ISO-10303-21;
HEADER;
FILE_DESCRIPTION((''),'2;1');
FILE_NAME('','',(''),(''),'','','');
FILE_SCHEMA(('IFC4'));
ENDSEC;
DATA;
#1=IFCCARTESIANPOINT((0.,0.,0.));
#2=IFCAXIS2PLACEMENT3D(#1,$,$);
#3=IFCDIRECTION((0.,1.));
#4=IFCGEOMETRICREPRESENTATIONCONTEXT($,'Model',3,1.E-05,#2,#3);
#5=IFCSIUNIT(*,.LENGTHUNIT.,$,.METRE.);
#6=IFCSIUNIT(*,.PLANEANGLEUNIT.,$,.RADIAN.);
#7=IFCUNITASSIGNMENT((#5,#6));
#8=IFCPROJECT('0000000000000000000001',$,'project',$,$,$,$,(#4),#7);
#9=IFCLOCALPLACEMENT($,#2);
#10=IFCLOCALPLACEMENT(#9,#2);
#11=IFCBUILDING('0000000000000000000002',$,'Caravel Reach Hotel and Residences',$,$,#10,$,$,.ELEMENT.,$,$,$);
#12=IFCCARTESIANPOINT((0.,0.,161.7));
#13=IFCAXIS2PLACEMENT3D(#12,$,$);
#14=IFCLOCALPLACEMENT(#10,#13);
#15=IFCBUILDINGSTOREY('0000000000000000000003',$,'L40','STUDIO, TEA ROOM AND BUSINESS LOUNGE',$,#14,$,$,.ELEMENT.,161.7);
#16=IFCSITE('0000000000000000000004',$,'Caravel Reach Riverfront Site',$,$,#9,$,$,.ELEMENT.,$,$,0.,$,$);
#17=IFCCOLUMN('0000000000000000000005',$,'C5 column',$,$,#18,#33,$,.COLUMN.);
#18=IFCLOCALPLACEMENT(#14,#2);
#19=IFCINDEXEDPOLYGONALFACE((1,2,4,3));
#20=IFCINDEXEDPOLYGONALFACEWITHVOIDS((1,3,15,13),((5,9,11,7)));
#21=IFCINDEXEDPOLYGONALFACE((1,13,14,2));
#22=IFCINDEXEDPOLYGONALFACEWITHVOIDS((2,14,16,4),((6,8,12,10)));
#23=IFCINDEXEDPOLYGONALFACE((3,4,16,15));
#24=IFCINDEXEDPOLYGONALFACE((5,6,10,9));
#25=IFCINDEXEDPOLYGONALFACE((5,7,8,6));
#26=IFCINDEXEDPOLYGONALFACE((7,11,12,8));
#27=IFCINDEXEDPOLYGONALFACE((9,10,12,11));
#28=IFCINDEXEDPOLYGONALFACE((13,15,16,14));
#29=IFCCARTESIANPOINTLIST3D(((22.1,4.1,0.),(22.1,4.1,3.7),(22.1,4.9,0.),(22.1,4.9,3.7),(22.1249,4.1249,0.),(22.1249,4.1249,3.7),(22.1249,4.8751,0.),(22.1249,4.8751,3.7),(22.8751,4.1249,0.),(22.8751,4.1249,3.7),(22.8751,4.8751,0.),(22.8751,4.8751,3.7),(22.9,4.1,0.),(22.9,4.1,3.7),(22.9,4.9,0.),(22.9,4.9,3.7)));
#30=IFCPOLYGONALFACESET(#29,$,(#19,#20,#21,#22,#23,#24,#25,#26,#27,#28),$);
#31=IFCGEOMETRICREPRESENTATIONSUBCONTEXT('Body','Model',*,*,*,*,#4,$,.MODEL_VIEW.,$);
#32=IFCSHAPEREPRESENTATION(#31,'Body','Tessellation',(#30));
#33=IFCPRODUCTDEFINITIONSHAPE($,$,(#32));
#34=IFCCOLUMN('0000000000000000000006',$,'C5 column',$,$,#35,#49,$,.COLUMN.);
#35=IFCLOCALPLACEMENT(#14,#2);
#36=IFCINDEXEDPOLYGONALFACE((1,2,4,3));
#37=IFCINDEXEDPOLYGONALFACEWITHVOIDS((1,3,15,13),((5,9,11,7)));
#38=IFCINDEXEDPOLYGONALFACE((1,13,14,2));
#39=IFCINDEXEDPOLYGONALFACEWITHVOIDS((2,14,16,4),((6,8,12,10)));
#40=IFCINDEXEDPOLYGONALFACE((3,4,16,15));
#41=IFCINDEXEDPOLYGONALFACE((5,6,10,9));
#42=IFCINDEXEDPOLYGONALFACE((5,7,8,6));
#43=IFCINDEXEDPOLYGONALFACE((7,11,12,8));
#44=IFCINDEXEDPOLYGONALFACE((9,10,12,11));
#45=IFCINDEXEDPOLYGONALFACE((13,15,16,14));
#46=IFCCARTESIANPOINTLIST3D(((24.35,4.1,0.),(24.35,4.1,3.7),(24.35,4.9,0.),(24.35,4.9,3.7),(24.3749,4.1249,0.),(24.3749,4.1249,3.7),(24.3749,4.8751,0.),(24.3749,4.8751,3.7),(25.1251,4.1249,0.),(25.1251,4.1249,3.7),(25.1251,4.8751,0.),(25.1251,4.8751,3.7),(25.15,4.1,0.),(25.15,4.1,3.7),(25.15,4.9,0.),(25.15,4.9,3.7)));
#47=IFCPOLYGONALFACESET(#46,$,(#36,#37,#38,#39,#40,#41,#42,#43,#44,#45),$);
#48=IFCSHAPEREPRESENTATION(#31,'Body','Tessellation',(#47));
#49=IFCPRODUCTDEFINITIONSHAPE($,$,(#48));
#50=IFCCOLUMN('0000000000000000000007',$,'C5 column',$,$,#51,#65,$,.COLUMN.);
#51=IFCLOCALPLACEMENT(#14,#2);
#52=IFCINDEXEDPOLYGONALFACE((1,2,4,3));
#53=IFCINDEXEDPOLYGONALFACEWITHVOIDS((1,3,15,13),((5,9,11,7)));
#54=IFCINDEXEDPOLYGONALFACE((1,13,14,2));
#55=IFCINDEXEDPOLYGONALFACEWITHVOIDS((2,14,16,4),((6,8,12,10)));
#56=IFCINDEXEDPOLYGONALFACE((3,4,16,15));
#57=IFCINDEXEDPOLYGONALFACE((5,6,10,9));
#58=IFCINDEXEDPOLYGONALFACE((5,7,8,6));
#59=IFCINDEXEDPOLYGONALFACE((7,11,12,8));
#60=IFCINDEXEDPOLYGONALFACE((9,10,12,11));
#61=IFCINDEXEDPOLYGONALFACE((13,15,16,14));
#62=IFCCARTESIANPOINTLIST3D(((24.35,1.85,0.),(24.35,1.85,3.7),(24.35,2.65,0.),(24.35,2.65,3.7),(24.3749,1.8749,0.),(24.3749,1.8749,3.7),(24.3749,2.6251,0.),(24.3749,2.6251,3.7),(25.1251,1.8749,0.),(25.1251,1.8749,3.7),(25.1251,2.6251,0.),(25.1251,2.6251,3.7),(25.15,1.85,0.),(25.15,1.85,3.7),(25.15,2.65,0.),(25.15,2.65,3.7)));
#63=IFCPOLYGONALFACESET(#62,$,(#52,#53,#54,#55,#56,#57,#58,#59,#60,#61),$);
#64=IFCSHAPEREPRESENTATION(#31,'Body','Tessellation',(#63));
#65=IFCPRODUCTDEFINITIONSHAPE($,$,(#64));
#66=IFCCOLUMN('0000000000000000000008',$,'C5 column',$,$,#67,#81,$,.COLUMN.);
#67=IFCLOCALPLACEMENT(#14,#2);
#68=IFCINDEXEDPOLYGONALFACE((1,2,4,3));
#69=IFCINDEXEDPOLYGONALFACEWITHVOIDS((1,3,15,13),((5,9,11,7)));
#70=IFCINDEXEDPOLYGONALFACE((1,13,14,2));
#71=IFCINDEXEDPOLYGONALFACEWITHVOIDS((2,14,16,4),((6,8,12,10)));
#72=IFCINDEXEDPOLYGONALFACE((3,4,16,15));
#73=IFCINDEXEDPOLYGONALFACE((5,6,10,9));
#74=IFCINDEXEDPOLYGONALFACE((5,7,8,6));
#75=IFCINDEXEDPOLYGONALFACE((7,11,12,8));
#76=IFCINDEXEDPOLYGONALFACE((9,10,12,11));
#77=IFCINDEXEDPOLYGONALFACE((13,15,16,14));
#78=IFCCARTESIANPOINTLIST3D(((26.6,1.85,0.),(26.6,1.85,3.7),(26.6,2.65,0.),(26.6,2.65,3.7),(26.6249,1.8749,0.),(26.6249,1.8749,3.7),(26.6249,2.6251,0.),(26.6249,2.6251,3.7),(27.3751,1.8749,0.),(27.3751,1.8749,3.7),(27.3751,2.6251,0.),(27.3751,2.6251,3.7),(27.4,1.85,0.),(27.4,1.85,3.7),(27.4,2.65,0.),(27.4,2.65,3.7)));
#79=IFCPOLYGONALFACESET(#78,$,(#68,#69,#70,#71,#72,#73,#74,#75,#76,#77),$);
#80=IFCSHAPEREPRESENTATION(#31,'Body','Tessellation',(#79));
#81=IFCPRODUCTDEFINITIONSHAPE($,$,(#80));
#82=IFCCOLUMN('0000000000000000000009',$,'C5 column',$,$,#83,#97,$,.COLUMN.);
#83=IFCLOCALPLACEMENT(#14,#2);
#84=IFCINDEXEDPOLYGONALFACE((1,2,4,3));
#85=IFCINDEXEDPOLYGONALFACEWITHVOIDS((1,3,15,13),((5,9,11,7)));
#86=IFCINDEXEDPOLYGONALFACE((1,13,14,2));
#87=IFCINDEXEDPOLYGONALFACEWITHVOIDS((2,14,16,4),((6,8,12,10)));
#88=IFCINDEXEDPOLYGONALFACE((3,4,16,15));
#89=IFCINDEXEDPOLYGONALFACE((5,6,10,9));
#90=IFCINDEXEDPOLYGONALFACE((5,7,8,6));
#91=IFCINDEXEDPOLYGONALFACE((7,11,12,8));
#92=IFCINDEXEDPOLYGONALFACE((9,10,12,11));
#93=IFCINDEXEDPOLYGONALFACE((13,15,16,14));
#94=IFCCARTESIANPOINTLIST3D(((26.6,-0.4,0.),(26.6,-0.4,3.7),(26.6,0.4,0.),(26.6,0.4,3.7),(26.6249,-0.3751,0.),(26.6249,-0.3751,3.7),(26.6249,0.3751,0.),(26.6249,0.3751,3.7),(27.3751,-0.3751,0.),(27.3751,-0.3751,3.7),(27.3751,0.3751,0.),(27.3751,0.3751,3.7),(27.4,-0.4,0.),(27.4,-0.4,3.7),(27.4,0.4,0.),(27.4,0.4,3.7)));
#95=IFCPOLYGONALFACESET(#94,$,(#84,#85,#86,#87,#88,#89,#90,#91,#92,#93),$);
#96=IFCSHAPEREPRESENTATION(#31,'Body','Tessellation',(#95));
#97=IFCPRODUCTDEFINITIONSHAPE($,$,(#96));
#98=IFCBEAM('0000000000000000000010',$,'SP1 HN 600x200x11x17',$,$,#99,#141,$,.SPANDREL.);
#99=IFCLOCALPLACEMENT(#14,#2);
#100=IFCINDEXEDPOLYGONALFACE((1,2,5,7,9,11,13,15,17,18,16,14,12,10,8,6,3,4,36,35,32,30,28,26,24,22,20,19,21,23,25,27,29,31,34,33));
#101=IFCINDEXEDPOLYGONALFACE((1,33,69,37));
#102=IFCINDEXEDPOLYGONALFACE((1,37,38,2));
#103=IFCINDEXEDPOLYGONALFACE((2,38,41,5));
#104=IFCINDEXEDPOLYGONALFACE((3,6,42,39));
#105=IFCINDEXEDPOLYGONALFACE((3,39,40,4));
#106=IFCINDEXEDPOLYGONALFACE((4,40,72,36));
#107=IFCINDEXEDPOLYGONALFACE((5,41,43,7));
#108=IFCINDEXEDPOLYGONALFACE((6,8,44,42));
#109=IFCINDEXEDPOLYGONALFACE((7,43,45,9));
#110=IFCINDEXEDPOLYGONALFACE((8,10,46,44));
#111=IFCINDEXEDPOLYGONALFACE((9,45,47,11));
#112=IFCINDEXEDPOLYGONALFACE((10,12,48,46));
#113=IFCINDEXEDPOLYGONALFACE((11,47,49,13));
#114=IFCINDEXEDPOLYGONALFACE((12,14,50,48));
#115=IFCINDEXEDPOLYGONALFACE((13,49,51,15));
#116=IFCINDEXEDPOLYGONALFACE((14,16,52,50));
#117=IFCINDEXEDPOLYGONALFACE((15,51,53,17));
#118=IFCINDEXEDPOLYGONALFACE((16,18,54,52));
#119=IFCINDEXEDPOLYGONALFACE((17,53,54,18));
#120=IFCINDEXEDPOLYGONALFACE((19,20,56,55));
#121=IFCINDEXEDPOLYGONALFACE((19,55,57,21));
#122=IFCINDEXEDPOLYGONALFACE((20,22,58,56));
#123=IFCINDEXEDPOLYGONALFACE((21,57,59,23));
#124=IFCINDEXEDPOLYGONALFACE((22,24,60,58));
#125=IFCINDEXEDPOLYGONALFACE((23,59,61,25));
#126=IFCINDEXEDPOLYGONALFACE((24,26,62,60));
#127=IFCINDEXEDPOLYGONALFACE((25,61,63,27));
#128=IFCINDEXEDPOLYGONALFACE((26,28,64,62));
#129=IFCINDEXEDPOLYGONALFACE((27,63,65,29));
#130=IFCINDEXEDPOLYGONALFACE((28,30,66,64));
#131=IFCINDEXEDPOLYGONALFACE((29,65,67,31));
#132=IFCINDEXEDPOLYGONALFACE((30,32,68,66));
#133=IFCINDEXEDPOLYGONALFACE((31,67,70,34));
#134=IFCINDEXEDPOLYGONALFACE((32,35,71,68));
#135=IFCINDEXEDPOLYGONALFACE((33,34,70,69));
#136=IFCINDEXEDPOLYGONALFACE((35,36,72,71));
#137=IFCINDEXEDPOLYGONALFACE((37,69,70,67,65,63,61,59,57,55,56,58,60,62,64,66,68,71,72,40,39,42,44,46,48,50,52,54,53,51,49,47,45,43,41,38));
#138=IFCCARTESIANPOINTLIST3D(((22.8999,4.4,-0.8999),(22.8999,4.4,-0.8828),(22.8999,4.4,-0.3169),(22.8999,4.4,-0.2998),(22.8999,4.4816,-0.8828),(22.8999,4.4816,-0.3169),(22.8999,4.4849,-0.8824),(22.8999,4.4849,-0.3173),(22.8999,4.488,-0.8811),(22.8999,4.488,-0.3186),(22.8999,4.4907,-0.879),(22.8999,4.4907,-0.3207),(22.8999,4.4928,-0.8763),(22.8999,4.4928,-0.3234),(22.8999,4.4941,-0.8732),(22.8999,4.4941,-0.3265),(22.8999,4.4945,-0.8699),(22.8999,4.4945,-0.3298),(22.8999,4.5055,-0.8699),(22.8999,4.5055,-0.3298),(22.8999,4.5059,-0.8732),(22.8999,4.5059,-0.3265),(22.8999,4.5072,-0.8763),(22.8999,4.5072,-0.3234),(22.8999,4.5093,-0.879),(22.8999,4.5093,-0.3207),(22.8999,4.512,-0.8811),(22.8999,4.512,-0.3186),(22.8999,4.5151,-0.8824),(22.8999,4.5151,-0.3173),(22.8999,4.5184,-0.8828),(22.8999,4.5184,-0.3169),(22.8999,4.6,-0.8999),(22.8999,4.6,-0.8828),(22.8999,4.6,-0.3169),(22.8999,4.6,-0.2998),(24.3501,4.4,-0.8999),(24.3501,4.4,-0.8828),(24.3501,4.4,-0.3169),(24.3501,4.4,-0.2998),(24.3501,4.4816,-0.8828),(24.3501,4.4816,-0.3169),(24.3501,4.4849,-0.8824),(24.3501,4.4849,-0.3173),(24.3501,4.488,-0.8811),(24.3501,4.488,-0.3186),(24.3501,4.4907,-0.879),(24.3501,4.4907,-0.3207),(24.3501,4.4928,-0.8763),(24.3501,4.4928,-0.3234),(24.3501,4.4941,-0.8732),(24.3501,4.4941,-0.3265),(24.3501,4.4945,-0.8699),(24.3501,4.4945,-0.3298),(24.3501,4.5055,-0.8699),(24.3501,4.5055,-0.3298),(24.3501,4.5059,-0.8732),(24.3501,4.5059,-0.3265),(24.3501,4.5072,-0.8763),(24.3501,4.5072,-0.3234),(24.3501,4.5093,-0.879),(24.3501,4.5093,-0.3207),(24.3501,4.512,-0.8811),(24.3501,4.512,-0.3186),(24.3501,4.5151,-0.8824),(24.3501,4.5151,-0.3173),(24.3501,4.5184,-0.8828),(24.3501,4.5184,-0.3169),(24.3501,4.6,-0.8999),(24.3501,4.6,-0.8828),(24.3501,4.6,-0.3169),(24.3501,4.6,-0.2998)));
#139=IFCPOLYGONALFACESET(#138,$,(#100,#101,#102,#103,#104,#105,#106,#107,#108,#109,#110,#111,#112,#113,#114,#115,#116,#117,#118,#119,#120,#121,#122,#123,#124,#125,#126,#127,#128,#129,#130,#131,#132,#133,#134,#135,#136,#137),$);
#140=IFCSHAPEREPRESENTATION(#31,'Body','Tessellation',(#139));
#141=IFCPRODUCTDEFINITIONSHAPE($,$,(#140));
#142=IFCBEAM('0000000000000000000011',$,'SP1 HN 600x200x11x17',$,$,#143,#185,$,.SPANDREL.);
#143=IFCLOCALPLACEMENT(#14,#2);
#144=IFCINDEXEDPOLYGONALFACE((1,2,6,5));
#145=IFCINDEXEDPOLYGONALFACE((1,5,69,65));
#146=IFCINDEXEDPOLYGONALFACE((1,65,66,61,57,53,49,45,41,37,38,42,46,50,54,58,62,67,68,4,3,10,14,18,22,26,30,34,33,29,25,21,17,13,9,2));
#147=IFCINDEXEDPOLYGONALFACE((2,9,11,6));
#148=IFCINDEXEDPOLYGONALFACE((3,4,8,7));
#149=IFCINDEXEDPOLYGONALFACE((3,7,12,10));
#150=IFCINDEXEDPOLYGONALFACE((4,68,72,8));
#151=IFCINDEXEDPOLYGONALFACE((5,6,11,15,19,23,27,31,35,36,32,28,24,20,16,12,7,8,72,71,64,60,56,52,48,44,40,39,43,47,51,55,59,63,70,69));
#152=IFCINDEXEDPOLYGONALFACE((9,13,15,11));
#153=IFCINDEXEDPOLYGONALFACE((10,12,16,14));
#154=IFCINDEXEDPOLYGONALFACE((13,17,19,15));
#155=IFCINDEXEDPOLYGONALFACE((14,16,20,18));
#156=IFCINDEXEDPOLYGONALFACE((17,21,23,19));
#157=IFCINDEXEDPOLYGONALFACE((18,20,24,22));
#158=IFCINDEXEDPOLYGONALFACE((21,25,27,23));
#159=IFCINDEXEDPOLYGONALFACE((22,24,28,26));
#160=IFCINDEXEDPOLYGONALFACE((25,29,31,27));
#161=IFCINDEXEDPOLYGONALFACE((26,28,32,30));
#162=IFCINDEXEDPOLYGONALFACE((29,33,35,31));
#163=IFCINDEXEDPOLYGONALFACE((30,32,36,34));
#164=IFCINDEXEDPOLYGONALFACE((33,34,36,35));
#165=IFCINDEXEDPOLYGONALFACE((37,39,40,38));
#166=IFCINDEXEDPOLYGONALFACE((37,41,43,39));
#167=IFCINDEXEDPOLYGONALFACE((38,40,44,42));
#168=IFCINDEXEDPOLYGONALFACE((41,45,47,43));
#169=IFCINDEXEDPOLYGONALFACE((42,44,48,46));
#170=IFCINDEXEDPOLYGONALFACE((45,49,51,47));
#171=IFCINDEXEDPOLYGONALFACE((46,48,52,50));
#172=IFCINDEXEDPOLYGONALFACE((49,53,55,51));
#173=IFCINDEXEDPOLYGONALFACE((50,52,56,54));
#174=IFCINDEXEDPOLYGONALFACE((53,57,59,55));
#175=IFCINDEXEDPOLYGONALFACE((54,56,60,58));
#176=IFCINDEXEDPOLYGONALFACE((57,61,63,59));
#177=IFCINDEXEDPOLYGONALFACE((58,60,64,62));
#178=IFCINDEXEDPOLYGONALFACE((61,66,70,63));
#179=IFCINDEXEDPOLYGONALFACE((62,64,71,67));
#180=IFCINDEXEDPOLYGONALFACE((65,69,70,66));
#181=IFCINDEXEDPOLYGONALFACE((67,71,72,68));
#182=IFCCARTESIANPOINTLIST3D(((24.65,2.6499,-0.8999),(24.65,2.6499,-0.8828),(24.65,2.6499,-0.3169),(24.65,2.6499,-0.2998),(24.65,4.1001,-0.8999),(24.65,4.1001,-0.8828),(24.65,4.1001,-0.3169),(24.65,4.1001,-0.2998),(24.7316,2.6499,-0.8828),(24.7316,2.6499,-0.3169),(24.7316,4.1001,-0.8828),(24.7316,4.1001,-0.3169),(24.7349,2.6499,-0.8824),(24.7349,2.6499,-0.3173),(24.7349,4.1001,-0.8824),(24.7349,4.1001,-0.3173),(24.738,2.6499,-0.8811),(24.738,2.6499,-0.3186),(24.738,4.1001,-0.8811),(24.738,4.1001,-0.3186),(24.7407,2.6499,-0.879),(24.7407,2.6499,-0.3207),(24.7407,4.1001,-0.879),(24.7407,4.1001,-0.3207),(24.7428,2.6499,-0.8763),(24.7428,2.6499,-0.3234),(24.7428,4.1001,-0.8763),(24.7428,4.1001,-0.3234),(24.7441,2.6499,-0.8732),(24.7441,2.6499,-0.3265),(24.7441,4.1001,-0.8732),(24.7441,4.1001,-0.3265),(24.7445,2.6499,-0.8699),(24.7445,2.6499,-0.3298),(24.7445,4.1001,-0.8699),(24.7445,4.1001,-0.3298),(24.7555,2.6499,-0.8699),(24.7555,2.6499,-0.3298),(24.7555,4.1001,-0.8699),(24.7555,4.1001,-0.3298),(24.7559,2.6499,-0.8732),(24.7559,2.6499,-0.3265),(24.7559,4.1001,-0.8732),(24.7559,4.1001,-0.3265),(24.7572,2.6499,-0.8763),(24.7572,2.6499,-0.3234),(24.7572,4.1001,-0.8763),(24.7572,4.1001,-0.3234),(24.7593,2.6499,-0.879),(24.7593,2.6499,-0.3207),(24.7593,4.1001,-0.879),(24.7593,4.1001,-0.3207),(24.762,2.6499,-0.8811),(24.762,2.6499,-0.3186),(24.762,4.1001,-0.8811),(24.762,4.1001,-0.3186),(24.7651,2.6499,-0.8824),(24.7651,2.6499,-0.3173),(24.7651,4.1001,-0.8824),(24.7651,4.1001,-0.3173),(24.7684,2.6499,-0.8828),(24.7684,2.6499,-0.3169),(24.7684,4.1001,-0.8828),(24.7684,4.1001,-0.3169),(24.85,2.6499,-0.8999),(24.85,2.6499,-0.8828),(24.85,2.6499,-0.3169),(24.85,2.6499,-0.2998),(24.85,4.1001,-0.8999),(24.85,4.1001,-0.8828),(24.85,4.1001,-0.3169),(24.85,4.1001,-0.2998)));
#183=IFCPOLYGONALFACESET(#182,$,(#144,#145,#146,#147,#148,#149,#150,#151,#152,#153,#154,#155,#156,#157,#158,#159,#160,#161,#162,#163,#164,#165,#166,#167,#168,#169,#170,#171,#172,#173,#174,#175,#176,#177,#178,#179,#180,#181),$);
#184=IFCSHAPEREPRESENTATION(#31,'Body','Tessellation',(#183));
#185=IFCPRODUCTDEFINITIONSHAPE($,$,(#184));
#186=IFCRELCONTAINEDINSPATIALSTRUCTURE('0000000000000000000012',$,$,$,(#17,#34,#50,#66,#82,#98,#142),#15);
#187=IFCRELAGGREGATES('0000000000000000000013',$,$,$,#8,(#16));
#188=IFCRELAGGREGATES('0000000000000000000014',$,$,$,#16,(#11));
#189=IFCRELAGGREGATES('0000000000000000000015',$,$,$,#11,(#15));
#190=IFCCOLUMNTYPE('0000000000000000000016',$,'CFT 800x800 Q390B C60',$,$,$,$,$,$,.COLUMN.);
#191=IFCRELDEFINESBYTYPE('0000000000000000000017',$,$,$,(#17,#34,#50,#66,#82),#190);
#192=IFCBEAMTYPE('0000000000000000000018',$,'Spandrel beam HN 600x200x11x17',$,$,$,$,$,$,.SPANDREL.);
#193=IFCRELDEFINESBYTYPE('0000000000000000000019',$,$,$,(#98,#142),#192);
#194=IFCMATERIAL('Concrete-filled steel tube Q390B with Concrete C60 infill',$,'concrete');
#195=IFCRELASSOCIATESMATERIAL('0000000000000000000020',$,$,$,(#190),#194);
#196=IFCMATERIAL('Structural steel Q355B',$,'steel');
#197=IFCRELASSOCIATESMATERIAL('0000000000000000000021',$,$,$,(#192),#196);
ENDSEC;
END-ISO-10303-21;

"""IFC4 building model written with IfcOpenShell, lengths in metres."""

from ifc_helpers import new_model, si_unit, direction, frame, origin, origin_2d, place, context, subcontext, project, spatial, hollow_rectangle, i_section, extrude, material, material_profile, profile_set, type_object, element, save


model = new_model("IFC4")

# Units and contexts
model_context = context("Model", 3, precision=1e-05, world=origin(), true_north=direction((0.0, 1.0)))
body_context = subcontext(model_context, "Body", "Model", "MODEL_VIEW")
ifc_project = project(units=[si_unit("LENGTHUNIT", "METRE"), si_unit("PLANEANGLEUNIT", "RADIAN")], contexts=[model_context])

# Site, building, storey
site_placement = place(None, origin())
site = spatial("IfcSite", under=ifc_project, at=site_placement, Name="Caravel Reach Riverfront Site", CompositionType="ELEMENT", RefElevation=0.0)
building_placement = place(site_placement, origin())
building = spatial("IfcBuilding", under=site, at=building_placement, Name="Caravel Reach Hotel and Residences", CompositionType="ELEMENT")
storey_placement = place(building_placement, frame((0.0, 0.0, 161.7)))
storey = spatial("IfcBuildingStorey", under=building, at=storey_placement, Name="L40", Description="STUDIO, TEA ROOM AND BUSINESS LOUNGE", CompositionType="ELEMENT", Elevation=161.7)

# Columns
ifc_material_1 = material(Name="Concrete-filled steel tube Q390B with Concrete C60 infill", Category="concrete")
ifc_material_profile_1 = material_profile(ifc_material_1, hollow_rectangle(XDim=0.8, YDim=0.8, WallThickness=0.0249, at=origin_2d()), Name="RHS 800x800x25")
ifc_profile_set_1 = profile_set([ifc_material_profile_1], Name="Concrete-filled steel tube Q390B with Concrete C60 infill")
column_type = type_object("IfcColumnType", Name="CFT 800x800 Q390B C60", PredefinedType="COLUMN", material=ifc_profile_set_1)
for number, where, z_axis, x_axis, name in (
    (1, (22.5, 4.5, 0.0), (0.0, 0.0, 1.0), (1.0, 0.0, 0.0), "C5 column"),
    (2, (24.75, 4.5, 0.0), (0.0, 0.0, 1.0), (1.0, 0.0, 0.0), "C5 column"),
    (3, (24.75, 2.25, 0.0), (0.0, 0.0, 1.0), (1.0, 0.0, 0.0), "C5 column"),
    (4, (27.0, 2.25, 0.0), (0.0, 0.0, 1.0), (1.0, 0.0, 0.0), "C5 column"),
    (5, (27.0, 0.0, 0.0), (0.0, 0.0, 1.0), (1.0, 0.0, 0.0), "C5 column"),
):
    element("IfcColumn", number, at=place(storey_placement, frame(where, z_axis=z_axis, x_axis=x_axis)), inside=storey, type_object=column_type, Name=name, PredefinedType="COLUMN", context=body_context, shape_type="SweptSolid", body=[
        extrude(hollow_rectangle(XDim=0.8, YDim=0.8, WallThickness=0.0249, at=origin_2d()), origin(), (0.0, 0.0, 1.0), 3.7),
    ])

# Beams
ifc_material_2 = material(Name="Structural steel Q355B", Category="steel")
ifc_material_profile_2 = material_profile(ifc_material_2, i_section(OverallWidth=0.2, OverallDepth=0.6001, WebThickness=0.011, FlangeThickness=0.0171, FilletRadius=0.0129, at=origin_2d()), Name="HN 600x200x11x17")
ifc_profile_set_2 = profile_set([ifc_material_profile_2], Name="Structural steel Q355B")
beam_type = type_object("IfcBeamType", Name="Spandrel beam HN 600x200x11x17", PredefinedType="SPANDREL", material=ifc_profile_set_2)
for number, where, z_axis, x_axis, name in (
    (6, (22.8999, 4.5, -0.5999), (1.0, 0.0, 0.0), (0.0, 1.0, 0.0), "SP1 HN 600x200x11x17"),
    (7, (24.75, 4.1001, -0.5999), (0.0, -1.0, 0.0), (1.0, 0.0, 0.0), "SP1 HN 600x200x11x17"),
):
    element("IfcBeam", number, at=place(storey_placement, frame(where, z_axis=z_axis, x_axis=x_axis)), inside=storey, type_object=beam_type, Name=name, PredefinedType="SPANDREL", context=body_context, shape_type="SweptSolid", body=[
        extrude(i_section(OverallWidth=0.2, OverallDepth=0.6001, WebThickness=0.011, FlangeThickness=0.0171, FilletRadius=0.0129, at=origin_2d()), origin(), (0.0, 0.0, 1.0), 1.4502),
    ])

save(model, "model.ifc")
